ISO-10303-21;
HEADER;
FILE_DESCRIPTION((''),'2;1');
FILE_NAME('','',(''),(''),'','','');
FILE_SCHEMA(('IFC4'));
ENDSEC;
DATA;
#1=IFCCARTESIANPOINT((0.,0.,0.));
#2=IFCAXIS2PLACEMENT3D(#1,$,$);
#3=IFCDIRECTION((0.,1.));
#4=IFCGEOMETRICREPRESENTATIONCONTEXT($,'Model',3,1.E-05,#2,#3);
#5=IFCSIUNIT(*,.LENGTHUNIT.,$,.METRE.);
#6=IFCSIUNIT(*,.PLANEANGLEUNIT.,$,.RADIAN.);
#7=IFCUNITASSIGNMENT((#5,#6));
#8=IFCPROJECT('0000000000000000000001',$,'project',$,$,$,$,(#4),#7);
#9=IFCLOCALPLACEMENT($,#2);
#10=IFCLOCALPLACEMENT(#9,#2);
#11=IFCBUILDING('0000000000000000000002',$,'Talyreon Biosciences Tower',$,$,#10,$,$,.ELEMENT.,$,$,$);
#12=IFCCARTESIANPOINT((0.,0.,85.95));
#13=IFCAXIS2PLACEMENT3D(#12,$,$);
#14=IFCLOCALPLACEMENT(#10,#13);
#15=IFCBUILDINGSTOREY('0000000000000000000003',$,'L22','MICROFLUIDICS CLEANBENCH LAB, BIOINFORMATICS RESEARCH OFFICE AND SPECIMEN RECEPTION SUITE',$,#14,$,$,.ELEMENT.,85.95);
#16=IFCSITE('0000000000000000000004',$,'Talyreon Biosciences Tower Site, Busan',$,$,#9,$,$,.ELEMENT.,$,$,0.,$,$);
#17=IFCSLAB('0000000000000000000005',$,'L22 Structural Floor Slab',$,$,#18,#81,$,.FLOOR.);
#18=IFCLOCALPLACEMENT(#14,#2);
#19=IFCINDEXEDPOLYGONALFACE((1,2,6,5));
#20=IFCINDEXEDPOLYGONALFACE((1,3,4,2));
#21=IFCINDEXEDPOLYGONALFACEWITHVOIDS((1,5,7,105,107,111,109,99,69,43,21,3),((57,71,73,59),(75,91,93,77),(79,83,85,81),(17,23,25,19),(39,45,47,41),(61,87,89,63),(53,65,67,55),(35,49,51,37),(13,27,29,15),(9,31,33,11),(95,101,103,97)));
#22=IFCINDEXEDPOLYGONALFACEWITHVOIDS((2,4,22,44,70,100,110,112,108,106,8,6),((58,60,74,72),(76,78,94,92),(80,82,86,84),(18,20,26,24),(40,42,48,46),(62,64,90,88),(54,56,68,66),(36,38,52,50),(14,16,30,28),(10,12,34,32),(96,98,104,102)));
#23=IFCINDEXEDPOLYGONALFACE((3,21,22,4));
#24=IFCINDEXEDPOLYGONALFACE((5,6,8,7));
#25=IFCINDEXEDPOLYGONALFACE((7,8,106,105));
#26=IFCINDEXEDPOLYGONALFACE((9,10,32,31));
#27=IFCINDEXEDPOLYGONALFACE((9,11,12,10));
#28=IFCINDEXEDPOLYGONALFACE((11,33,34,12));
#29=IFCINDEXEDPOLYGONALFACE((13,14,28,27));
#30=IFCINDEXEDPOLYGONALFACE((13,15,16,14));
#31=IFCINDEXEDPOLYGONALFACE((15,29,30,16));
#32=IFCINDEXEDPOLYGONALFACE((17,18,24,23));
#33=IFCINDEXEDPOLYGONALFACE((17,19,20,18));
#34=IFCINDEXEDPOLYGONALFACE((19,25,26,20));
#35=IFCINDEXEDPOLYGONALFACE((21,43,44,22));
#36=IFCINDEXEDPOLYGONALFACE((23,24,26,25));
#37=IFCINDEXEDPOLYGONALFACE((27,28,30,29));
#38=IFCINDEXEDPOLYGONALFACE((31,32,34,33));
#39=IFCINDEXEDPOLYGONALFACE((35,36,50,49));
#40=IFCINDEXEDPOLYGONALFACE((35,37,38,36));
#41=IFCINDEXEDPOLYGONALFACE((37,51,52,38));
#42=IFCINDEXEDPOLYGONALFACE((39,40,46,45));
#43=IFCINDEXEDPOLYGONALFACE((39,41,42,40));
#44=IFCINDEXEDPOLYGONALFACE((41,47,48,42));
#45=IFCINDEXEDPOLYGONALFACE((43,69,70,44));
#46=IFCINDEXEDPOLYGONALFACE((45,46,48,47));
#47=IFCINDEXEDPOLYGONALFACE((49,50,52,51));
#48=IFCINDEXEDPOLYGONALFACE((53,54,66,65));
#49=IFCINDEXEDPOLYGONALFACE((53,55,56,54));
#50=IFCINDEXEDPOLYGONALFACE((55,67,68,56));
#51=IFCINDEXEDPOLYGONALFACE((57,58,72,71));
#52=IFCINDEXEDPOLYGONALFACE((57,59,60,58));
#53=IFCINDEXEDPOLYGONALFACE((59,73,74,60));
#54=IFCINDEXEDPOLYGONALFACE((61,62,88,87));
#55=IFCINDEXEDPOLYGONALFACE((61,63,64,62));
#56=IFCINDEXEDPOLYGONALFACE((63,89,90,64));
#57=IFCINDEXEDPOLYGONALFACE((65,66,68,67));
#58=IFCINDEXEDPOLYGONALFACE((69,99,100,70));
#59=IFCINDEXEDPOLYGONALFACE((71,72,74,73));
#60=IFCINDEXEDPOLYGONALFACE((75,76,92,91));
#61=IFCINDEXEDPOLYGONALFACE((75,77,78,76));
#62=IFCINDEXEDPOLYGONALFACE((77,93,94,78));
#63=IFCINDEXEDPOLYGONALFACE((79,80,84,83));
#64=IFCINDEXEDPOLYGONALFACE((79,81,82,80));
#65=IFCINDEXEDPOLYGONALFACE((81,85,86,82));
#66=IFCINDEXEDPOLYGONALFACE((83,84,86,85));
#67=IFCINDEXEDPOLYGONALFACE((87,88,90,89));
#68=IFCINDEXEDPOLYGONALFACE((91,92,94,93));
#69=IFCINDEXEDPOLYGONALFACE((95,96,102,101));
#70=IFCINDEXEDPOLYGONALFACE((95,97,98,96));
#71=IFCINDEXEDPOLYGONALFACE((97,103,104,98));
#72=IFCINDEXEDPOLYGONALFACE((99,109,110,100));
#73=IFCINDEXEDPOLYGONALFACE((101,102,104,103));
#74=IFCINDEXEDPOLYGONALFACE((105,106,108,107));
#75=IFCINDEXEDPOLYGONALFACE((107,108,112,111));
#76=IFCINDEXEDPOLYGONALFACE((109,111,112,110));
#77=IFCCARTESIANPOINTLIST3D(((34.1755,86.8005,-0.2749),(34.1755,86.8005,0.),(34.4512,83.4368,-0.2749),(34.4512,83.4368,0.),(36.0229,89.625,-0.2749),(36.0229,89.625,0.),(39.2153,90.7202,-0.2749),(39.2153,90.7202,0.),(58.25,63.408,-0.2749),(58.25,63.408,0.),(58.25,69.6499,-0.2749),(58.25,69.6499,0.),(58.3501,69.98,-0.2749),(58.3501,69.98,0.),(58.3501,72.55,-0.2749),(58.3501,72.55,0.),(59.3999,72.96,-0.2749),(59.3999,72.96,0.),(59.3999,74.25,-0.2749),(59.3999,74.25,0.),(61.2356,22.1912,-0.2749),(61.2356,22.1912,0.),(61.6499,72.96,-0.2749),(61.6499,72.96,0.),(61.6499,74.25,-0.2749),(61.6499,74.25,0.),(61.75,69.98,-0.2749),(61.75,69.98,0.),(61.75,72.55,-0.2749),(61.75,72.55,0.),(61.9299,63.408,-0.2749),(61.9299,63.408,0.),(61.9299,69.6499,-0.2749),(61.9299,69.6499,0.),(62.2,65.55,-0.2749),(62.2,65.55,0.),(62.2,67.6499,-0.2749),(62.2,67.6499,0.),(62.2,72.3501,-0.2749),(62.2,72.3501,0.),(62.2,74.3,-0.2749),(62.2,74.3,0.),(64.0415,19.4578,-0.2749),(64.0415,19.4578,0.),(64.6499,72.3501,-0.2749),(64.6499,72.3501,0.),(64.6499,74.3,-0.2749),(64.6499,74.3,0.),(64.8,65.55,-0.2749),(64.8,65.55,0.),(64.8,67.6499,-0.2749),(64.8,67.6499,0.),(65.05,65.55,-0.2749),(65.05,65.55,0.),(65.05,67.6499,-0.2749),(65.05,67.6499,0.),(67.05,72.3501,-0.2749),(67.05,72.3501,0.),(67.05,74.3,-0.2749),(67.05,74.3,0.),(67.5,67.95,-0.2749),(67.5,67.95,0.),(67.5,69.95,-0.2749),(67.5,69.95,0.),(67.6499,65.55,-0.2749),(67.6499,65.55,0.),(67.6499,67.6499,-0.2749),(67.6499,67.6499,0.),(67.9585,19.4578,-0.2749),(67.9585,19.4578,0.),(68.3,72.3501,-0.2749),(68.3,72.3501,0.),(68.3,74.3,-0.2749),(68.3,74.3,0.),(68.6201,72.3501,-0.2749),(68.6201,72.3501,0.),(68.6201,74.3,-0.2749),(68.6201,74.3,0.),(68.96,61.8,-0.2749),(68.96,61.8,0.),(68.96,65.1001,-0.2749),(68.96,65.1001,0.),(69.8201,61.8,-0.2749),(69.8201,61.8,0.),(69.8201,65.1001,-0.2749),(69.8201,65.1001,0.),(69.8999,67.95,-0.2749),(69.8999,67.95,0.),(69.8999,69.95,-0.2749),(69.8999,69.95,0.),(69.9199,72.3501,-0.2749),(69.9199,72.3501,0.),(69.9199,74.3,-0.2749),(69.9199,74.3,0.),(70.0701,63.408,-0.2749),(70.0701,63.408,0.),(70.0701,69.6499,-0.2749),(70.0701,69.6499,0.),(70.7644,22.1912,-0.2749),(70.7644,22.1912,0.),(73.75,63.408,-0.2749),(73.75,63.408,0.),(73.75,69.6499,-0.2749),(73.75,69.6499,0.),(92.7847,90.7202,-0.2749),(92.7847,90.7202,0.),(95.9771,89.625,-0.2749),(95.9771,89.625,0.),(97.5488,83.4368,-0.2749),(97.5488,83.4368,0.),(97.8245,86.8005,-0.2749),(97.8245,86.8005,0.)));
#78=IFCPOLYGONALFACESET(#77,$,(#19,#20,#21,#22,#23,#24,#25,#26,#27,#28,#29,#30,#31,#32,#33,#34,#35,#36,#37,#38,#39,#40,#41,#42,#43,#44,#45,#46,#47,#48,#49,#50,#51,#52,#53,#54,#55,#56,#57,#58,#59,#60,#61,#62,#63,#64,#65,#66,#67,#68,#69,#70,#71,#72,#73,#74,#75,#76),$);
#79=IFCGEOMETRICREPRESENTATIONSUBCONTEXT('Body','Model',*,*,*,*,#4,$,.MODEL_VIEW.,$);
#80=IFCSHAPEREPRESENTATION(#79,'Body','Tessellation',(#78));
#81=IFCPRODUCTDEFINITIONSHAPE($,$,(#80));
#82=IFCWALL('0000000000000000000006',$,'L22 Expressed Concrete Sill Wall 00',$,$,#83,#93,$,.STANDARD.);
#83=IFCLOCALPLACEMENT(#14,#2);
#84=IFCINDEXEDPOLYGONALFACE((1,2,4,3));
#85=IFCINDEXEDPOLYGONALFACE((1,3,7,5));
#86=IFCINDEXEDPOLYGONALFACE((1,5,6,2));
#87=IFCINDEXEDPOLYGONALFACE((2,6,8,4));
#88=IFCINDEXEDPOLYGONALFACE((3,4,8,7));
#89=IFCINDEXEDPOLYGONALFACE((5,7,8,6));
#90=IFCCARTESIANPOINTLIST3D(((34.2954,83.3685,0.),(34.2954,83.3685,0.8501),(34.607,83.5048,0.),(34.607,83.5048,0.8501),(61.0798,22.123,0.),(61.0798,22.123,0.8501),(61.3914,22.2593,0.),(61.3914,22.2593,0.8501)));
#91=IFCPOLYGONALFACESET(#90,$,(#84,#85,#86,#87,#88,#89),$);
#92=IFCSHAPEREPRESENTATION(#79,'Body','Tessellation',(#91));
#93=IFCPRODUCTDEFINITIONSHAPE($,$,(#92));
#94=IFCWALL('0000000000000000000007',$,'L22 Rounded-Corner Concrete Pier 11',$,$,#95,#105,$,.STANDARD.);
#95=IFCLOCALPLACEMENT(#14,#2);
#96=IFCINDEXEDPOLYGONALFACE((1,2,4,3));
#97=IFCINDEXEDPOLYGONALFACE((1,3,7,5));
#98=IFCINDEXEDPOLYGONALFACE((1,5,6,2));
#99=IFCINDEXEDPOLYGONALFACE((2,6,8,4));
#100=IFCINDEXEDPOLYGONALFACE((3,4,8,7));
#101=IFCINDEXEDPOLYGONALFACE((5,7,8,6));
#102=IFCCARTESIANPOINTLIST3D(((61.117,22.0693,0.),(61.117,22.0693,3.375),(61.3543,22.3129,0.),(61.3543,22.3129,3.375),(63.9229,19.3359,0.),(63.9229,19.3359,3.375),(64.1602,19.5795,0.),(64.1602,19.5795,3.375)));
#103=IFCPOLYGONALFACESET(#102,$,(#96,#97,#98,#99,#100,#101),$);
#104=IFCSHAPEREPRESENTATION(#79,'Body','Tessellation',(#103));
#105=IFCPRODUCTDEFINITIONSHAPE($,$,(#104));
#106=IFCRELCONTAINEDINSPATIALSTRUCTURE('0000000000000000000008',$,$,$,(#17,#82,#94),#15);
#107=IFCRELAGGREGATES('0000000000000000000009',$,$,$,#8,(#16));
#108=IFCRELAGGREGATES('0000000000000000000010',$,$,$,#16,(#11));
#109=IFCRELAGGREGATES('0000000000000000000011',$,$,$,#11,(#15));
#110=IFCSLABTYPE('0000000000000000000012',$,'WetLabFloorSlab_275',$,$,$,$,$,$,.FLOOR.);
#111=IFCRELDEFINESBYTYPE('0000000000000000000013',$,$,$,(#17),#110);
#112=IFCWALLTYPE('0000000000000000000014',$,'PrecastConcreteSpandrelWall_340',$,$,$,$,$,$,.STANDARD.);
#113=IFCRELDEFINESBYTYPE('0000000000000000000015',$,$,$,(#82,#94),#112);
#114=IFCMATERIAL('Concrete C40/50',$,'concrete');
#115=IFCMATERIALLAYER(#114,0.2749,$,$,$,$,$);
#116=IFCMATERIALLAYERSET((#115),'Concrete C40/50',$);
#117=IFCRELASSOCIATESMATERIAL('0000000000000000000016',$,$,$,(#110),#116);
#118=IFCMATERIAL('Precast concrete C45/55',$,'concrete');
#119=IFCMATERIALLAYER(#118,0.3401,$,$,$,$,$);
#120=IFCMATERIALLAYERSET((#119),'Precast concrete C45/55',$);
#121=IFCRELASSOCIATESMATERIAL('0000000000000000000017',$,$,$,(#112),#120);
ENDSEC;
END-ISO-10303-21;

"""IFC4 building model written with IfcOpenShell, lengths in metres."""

from ifc_helpers import new_model, si_unit, direction, frame, frame_2d, origin, place, context, subcontext, project, spatial, polyline, rectangle, outline, extrude, material, layer, layer_set, type_object, element, save


model = new_model("IFC4")

# Units and contexts
model_context = context("Model", 3, precision=1e-05, world=origin(), true_north=direction((0.0, 1.0)))
body_context = subcontext(model_context, "Body", "Model", "MODEL_VIEW")
ifc_project = project(units=[si_unit("LENGTHUNIT", "METRE"), si_unit("PLANEANGLEUNIT", "RADIAN")], contexts=[model_context])

# Site, building, storey
site_placement = place(None, origin())
site = spatial("IfcSite", under=ifc_project, at=site_placement, Name="Talyreon Biosciences Tower Site, Busan", CompositionType="ELEMENT", RefElevation=0.0)
building_placement = place(site_placement, origin())
building = spatial("IfcBuilding", under=site, at=building_placement, Name="Talyreon Biosciences Tower", CompositionType="ELEMENT")
storey_placement = place(building_placement, frame((0.0, 0.0, 85.95)))
storey = spatial("IfcBuildingStorey", under=building, at=storey_placement, Name="L22", Description="MICROFLUIDICS CLEANBENCH LAB, BIOINFORMATICS RESEARCH OFFICE AND SPECIMEN RECEPTION SUITE", CompositionType="ELEMENT", Elevation=85.95)

# Shared definitions
ifc_material_1 = material(Name="Precast concrete C45/55", Category="concrete")

# Shared definitions
ifc_material_2 = material(Name="Concrete C40/50", Category="concrete")

# Slab
ifc_layer_1 = layer(ifc_material_2, 0.2749)
ifc_layer_set_1 = layer_set([ifc_layer_1], Name="Concrete C40/50")
slab_type_1 = type_object("IfcSlabType", Name="WetLabFloorSlab_275", PredefinedType="FLOOR", material=ifc_layer_set_1)
slab_1_placement = place(storey_placement, frame((0.0, 0.0, -0.2749)))
element("IfcSlab", 1, at=slab_1_placement, inside=storey, type_object=slab_type_1, Name="L22 Structural Floor Slab", PredefinedType="FLOOR", context=body_context, shape_type="SweptSolid", body=[
    extrude(outline(polyline([(61.2356, 22.1912), (34.4512, 83.4368), (34.1755, 86.8005), (36.0229, 89.625), (39.2153, 90.7202), (92.7847, 90.7202), (95.9771, 89.625), (97.8245, 86.8005), (97.5488, 83.4368), (70.7644, 22.1912), (67.9585, 19.4578), (64.0415, 19.4578), (61.2356, 22.1912)]), holes=[polyline([(61.9299, 69.6499), (61.9299, 63.408), (58.25, 63.408), (58.25, 69.6499), (61.9299, 69.6499)]), polyline([(64.8, 67.6499), (64.8, 65.55), (62.2, 65.55), (62.2, 67.6499), (64.8, 67.6499)]), polyline([(67.6499, 67.6499), (67.6499, 65.55), (65.05, 65.55), (65.05, 67.6499), (67.6499, 67.6499)]), polyline([(61.75, 69.98), (58.3501, 69.98), (58.3501, 72.55), (61.75, 72.55), (61.75, 69.98)]), polyline([(64.6499, 72.3501), (62.2, 72.3501), (62.2, 74.3), (64.6499, 74.3), (64.6499, 72.3501)]), polyline([(61.6499, 74.25), (61.6499, 72.96), (59.3999, 72.96), (59.3999, 74.25), (61.6499, 74.25)]), polyline([(69.8201, 61.8), (68.96, 61.8), (68.96, 65.1001), (69.8201, 65.1001), (69.8201, 61.8)]), polyline([(73.75, 63.408), (70.0701, 63.408), (70.0701, 69.6499), (73.75, 69.6499), (73.75, 63.408)]), polyline([(69.8999, 69.95), (69.8999, 67.95), (67.5, 67.95), (67.5, 69.95), (69.8999, 69.95)]), polyline([(68.3, 72.3501), (67.05, 72.3501), (67.05, 74.3), (68.3, 74.3), (68.3, 72.3501)]), polyline([(69.9199, 72.3501), (68.6201, 72.3501), (68.6201, 74.3), (69.9199, 74.3), (69.9199, 72.3501)])]), origin(), (0.0, 0.0, 1.0), 0.2749),
])

# Walls
ifc_layer_2 = layer(ifc_material_1, 0.3401)
ifc_layer_set_2 = layer_set([ifc_layer_2], Name="Precast concrete C45/55")
wall_type = type_object("IfcWallType", Name="PrecastConcreteSpandrelWall_340", PredefinedType="STANDARD", material=ifc_layer_set_2)
wall_1_placement = place(storey_placement, frame((61.2356, 22.1912, 0.0), z_axis=(0.0, 0.0, 1.0), x_axis=(-0.400687, 0.916215, 0.0)))
element("IfcWall", 2, at=wall_1_placement, inside=storey, type_object=wall_type, Name="L22 Expressed Concrete Sill Wall 00", PredefinedType="STANDARD", context=body_context, shape_type="SweptSolid", body=[
    extrude(rectangle(XDim=66.8462, YDim=0.3401, at=frame_2d((33.4231, 0.0))), origin(), (0.0, 0.0, 1.0), 0.8501),
])
wall_2_placement = place(storey_placement, frame((64.0415, 19.4578, 0.0), z_axis=(0.0, 0.0, 1.0), x_axis=(-0.716301, 0.697791, 0.0)))
element("IfcWall", 3, at=wall_2_placement, inside=storey, type_object=wall_type, Name="L22 Rounded-Corner Concrete Pier 11", PredefinedType="STANDARD", context=body_context, shape_type="SweptSolid", body=[
    extrude(rectangle(XDim=3.9172, YDim=0.3401, at=frame_2d((1.9585, 0.0))), origin(), (0.0, 0.0, 1.0), 3.375),
])

save(model, "model.ifc")
